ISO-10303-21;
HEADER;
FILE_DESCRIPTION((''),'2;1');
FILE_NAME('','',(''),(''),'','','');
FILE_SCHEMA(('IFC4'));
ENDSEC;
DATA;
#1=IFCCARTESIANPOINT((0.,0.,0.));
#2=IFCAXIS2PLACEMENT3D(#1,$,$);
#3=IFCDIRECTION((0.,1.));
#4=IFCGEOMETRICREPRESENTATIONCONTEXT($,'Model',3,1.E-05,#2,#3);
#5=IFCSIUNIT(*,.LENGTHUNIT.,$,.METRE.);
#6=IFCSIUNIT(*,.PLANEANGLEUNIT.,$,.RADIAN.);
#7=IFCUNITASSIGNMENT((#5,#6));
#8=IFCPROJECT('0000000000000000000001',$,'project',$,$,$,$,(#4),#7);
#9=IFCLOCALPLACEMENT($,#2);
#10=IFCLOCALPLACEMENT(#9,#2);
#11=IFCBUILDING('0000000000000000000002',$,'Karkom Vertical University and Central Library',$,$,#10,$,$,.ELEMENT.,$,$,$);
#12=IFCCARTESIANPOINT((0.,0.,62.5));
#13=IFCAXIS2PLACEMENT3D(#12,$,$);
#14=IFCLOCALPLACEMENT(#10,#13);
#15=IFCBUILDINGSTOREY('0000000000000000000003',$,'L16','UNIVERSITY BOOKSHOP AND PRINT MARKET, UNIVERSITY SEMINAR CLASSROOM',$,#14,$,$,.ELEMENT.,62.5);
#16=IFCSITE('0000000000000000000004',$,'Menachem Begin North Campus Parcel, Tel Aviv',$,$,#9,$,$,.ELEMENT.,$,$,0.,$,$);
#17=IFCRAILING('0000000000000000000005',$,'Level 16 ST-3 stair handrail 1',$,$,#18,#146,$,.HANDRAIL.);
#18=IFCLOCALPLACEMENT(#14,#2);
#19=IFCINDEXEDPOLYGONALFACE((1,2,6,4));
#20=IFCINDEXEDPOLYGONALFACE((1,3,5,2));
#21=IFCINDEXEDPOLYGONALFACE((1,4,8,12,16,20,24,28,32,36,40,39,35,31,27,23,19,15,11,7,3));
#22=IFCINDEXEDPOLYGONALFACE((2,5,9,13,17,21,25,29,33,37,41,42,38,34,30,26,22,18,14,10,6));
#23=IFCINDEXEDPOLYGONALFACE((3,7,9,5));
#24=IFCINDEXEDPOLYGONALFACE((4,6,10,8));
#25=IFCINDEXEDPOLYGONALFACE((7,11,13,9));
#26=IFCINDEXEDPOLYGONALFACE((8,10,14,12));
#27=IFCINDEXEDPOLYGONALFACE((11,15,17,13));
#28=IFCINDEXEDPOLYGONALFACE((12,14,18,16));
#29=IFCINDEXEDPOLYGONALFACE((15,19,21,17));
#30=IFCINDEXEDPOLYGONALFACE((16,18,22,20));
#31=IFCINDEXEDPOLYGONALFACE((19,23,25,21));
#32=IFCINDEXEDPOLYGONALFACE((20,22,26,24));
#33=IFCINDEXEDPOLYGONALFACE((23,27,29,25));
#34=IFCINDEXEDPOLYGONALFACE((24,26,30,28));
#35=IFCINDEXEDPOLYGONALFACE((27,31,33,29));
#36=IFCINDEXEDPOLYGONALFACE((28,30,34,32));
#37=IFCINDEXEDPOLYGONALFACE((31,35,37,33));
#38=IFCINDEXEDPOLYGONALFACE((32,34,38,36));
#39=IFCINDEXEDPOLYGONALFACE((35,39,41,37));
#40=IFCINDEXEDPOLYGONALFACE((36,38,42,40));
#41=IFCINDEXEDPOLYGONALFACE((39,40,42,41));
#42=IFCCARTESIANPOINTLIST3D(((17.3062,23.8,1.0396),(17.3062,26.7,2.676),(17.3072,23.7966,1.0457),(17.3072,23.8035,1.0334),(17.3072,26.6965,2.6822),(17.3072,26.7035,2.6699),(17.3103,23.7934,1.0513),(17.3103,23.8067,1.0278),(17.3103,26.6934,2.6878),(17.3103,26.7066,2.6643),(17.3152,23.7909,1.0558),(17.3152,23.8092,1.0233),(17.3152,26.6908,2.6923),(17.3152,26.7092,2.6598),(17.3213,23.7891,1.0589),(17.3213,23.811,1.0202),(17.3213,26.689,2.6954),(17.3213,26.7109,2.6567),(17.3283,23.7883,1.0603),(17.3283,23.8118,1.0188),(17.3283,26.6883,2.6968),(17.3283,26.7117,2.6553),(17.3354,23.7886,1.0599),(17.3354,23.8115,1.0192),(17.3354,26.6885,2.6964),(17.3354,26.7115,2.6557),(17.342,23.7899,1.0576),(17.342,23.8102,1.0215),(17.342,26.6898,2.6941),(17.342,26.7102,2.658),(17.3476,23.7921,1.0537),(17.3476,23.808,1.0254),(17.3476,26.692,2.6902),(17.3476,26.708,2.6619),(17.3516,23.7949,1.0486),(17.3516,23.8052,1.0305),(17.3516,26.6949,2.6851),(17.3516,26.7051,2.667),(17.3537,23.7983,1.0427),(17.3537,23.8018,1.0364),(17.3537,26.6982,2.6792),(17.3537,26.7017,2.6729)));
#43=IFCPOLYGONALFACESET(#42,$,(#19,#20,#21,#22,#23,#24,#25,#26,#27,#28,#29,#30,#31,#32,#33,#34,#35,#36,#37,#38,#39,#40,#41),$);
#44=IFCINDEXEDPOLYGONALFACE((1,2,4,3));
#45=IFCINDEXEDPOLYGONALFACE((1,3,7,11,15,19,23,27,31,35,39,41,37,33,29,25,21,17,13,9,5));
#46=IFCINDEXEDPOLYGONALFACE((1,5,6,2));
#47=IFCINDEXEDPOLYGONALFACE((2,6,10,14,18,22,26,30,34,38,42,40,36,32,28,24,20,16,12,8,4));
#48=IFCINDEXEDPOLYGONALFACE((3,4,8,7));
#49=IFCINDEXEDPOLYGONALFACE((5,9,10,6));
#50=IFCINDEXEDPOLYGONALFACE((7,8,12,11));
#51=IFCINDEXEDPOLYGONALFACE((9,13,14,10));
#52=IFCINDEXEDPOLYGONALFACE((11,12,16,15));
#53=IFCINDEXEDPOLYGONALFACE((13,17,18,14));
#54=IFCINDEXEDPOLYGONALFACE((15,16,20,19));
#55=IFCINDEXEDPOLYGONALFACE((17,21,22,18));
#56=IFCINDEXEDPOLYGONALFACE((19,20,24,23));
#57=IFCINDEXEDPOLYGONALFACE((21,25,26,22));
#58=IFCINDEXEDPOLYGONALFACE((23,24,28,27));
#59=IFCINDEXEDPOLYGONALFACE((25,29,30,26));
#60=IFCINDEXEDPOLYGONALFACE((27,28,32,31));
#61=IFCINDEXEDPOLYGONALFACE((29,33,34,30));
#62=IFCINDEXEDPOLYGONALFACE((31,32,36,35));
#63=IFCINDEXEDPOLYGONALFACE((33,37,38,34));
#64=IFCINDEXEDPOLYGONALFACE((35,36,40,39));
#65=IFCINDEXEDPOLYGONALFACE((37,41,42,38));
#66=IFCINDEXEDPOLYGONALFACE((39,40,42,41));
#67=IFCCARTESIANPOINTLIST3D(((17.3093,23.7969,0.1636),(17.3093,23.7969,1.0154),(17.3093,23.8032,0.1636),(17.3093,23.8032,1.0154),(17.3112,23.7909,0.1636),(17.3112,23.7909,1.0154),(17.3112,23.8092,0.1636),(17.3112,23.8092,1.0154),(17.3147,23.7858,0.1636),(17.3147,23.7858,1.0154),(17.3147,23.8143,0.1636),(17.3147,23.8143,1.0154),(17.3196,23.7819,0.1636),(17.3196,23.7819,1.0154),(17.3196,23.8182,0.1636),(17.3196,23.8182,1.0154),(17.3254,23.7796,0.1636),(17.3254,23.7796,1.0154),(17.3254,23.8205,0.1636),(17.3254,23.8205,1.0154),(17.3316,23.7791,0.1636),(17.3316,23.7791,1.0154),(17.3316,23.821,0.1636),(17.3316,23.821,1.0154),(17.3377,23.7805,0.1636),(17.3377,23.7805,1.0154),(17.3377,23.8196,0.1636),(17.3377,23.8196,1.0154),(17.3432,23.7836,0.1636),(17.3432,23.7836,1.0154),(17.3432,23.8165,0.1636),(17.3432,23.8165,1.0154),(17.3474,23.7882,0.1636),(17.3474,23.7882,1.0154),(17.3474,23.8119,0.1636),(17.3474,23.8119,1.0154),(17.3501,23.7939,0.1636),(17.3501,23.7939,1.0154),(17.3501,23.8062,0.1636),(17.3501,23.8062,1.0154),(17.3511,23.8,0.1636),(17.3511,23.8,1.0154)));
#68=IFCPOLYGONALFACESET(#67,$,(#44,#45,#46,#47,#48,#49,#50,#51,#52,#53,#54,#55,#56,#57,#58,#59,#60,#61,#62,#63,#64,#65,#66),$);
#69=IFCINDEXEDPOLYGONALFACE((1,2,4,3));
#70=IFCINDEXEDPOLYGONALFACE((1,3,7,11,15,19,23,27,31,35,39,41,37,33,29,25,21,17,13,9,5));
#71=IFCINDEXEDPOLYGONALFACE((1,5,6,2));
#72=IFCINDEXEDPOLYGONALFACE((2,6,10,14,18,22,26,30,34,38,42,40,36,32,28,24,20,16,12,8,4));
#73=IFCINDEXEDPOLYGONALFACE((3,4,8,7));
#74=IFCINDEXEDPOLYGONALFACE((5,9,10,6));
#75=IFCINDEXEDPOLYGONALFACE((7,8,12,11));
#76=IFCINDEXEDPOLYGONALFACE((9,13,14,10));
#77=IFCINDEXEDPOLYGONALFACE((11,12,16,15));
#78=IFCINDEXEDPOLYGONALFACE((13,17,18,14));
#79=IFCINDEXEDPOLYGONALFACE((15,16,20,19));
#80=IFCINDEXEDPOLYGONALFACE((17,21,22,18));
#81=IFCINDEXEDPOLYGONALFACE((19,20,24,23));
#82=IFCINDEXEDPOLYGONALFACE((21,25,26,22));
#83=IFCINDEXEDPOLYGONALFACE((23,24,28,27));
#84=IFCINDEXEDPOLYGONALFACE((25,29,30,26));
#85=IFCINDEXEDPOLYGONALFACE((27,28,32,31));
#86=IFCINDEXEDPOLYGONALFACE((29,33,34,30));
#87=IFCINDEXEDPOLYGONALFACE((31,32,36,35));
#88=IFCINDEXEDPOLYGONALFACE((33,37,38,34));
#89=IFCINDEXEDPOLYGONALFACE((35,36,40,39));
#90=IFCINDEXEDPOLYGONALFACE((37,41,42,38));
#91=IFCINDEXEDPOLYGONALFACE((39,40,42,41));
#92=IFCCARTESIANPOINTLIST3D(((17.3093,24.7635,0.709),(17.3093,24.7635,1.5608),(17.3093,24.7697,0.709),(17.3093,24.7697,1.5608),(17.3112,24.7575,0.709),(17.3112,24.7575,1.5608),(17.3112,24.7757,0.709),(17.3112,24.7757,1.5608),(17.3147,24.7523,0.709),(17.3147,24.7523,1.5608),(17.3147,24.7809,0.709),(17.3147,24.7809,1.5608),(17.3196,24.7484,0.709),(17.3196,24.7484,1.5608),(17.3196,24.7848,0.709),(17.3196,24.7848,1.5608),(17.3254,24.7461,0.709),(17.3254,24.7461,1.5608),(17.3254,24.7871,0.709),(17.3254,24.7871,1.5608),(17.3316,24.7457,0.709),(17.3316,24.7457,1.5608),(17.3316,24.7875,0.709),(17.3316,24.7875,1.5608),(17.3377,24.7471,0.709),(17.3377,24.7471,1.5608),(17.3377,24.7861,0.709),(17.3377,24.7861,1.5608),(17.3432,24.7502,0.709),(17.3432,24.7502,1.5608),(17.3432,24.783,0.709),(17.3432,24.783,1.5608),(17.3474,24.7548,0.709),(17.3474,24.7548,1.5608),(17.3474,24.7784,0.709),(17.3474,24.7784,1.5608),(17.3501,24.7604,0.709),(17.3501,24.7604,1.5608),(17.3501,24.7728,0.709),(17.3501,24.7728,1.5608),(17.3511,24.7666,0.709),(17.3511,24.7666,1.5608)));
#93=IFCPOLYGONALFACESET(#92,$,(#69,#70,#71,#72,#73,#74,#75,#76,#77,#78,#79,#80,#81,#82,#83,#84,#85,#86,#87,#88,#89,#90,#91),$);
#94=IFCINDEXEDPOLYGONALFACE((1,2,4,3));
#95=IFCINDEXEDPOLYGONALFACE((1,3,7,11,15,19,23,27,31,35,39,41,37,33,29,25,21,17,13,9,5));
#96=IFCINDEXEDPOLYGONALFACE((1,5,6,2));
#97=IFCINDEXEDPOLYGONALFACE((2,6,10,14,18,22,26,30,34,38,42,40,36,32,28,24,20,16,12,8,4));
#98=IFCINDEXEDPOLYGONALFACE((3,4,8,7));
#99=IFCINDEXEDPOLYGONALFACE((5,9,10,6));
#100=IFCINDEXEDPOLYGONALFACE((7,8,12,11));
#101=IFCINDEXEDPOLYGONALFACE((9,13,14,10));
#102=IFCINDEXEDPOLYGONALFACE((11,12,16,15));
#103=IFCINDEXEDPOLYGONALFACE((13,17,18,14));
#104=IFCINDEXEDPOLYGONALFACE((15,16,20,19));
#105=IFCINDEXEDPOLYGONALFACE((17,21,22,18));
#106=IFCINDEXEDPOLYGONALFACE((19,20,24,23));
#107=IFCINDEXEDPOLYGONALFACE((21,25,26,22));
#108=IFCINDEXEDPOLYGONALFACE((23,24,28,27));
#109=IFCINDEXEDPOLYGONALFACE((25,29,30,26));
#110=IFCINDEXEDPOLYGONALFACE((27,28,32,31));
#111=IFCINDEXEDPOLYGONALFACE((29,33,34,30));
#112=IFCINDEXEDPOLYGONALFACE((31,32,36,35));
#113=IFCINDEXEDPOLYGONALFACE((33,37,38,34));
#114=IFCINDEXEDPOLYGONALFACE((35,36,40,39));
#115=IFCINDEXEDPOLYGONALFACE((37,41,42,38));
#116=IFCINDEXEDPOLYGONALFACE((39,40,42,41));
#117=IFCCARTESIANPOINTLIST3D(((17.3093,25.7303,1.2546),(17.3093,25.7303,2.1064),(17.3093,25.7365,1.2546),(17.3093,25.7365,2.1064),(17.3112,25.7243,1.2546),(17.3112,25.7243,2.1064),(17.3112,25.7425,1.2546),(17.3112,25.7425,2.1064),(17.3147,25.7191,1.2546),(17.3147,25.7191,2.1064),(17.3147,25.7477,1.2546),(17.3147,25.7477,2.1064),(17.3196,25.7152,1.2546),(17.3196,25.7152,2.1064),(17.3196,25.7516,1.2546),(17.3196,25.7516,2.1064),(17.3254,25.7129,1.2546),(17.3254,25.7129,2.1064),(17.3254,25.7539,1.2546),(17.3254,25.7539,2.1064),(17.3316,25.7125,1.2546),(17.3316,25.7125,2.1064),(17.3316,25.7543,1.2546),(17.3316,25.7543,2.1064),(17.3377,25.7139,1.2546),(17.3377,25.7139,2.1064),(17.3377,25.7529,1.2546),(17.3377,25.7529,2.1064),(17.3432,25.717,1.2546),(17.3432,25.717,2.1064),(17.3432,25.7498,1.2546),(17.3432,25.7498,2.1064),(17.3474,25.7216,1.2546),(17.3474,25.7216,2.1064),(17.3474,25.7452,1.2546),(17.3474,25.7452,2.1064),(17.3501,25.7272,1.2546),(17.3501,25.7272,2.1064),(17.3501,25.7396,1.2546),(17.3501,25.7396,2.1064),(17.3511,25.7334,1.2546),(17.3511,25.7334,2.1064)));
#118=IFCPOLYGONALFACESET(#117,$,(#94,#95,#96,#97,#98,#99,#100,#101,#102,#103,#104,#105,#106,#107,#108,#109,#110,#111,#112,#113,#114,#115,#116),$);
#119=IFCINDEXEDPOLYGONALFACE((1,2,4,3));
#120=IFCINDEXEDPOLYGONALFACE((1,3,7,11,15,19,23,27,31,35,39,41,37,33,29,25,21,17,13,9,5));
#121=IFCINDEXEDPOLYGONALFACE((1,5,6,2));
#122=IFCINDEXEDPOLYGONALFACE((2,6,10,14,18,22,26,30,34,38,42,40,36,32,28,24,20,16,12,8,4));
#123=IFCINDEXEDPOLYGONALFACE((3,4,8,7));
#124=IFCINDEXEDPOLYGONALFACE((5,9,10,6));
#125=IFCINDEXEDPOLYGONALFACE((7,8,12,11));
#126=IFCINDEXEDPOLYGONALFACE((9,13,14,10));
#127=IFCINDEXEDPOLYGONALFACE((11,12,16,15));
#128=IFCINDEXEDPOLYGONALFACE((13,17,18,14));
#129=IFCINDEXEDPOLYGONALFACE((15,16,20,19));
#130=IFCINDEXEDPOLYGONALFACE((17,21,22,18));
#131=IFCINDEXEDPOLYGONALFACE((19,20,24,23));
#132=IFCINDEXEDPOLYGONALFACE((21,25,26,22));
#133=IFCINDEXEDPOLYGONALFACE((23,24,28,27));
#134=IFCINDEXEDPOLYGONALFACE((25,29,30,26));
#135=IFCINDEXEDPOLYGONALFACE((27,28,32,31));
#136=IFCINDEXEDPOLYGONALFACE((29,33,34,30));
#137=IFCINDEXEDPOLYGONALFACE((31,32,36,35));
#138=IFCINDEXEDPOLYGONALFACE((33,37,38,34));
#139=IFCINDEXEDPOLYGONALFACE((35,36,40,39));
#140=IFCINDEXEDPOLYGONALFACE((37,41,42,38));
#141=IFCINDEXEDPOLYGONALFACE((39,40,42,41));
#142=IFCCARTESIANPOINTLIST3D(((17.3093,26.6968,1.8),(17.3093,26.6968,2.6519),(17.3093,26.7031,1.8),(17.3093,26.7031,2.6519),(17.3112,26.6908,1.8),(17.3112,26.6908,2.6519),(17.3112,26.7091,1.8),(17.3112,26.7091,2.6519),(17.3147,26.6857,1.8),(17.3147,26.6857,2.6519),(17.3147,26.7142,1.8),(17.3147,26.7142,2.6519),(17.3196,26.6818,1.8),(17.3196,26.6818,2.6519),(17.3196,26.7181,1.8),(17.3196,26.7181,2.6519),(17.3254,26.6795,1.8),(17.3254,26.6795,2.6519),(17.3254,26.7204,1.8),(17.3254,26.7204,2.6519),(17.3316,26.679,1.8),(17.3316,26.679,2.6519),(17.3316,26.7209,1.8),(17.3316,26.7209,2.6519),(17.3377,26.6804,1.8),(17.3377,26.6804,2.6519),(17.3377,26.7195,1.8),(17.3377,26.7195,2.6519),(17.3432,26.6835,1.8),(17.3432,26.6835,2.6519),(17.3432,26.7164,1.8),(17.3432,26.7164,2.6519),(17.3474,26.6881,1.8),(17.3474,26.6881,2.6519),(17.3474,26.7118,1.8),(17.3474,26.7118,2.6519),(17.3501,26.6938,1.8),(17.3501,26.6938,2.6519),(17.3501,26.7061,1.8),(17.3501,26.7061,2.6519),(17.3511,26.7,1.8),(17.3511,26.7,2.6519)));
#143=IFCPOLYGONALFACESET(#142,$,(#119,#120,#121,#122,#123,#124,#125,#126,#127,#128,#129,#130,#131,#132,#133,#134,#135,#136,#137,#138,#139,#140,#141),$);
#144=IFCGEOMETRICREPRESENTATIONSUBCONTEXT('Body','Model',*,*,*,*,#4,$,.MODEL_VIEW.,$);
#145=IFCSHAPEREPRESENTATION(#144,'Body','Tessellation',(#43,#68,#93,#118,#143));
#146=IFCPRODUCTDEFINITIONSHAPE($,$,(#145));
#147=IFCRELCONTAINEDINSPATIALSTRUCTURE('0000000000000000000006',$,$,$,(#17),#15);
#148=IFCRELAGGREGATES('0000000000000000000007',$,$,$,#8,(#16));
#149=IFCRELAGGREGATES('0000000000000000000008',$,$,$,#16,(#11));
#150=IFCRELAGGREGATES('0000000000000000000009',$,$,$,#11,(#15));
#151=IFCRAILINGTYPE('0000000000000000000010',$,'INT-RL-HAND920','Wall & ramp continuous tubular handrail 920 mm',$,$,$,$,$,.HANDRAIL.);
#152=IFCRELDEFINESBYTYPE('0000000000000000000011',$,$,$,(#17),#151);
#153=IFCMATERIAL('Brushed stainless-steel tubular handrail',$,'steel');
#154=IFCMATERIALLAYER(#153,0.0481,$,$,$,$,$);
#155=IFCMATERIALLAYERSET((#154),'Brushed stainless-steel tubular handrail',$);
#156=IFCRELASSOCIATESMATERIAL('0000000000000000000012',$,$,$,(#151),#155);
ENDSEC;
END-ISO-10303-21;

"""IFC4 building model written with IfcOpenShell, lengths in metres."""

from ifc_helpers import new_model, si_unit, direction, frame, origin, origin_2d, place, context, subcontext, project, spatial, circle, extrude, material, layer, layer_set, type_object, element, save


model = new_model("IFC4")

# Units and contexts
model_context = context("Model", 3, precision=1e-05, world=origin(), true_north=direction((0.0, 1.0)))
body_context = subcontext(model_context, "Body", "Model", "MODEL_VIEW")
ifc_project = project(units=[si_unit("LENGTHUNIT", "METRE"), si_unit("PLANEANGLEUNIT", "RADIAN")], contexts=[model_context])

# Site, building, storey
site_placement = place(None, origin())
site = spatial("IfcSite", under=ifc_project, at=site_placement, Name="Menachem Begin North Campus Parcel, Tel Aviv", CompositionType="ELEMENT", RefElevation=0.0)
building_placement = place(site_placement, origin())
building = spatial("IfcBuilding", under=site, at=building_placement, Name="Karkom Vertical University and Central Library", CompositionType="ELEMENT")
storey_placement = place(building_placement, frame((0.0, 0.0, 62.5)))
storey = spatial("IfcBuildingStorey", under=building, at=storey_placement, Name="L16", Description="UNIVERSITY BOOKSHOP AND PRINT MARKET, UNIVERSITY SEMINAR CLASSROOM", CompositionType="ELEMENT", Elevation=62.5)

# Railing
ifc_material_1 = material(Name="Brushed stainless-steel tubular handrail", Category="steel")
ifc_layer_1 = layer(ifc_material_1, 0.0481)
ifc_layer_set_1 = layer_set([ifc_layer_1], Name="Brushed stainless-steel tubular handrail")
railing_type_1 = type_object("IfcRailingType", Name="INT-RL-HAND920", Description="Wall & ramp continuous tubular handrail 920 mm", PredefinedType="HANDRAIL", material=ifc_layer_set_1)
railing_1_placement = place(storey_placement, frame((17.3301, 23.8, 0.1636)))
element("IfcRailing", 1, at=railing_1_placement, inside=storey, type_object=railing_type_1, Name="Level 16 ST-3 stair handrail 1", PredefinedType="HANDRAIL", context=body_context, shape_type="SweptSolid", body=[
    extrude(circle(Radius=0.0239, at=origin_2d()), frame((0.0, 0.0, 0.876), z_axis=(0.0, 0.870897, 0.491465), x_axis=(-1.0, 0.0, 0.0)), (0.0, 0.0, 1.0), 3.3298),
    extrude(circle(Radius=0.021, at=origin_2d()), origin(), (0.0, 0.0, 1.0), 0.8518),
    extrude(circle(Radius=0.021, at=origin_2d()), frame((0.0, 0.9666, 0.5454)), (0.0, 0.0, 1.0), 0.8518),
    extrude(circle(Radius=0.021, at=origin_2d()), frame((0.0, 1.9333, 1.0911)), (0.0, 0.0, 1.0), 0.8518),
    extrude(circle(Radius=0.021, at=origin_2d()), frame((0.0, 2.8999, 1.6365)), (0.0, 0.0, 1.0), 0.8518),
])

save(model, "model.ifc")
